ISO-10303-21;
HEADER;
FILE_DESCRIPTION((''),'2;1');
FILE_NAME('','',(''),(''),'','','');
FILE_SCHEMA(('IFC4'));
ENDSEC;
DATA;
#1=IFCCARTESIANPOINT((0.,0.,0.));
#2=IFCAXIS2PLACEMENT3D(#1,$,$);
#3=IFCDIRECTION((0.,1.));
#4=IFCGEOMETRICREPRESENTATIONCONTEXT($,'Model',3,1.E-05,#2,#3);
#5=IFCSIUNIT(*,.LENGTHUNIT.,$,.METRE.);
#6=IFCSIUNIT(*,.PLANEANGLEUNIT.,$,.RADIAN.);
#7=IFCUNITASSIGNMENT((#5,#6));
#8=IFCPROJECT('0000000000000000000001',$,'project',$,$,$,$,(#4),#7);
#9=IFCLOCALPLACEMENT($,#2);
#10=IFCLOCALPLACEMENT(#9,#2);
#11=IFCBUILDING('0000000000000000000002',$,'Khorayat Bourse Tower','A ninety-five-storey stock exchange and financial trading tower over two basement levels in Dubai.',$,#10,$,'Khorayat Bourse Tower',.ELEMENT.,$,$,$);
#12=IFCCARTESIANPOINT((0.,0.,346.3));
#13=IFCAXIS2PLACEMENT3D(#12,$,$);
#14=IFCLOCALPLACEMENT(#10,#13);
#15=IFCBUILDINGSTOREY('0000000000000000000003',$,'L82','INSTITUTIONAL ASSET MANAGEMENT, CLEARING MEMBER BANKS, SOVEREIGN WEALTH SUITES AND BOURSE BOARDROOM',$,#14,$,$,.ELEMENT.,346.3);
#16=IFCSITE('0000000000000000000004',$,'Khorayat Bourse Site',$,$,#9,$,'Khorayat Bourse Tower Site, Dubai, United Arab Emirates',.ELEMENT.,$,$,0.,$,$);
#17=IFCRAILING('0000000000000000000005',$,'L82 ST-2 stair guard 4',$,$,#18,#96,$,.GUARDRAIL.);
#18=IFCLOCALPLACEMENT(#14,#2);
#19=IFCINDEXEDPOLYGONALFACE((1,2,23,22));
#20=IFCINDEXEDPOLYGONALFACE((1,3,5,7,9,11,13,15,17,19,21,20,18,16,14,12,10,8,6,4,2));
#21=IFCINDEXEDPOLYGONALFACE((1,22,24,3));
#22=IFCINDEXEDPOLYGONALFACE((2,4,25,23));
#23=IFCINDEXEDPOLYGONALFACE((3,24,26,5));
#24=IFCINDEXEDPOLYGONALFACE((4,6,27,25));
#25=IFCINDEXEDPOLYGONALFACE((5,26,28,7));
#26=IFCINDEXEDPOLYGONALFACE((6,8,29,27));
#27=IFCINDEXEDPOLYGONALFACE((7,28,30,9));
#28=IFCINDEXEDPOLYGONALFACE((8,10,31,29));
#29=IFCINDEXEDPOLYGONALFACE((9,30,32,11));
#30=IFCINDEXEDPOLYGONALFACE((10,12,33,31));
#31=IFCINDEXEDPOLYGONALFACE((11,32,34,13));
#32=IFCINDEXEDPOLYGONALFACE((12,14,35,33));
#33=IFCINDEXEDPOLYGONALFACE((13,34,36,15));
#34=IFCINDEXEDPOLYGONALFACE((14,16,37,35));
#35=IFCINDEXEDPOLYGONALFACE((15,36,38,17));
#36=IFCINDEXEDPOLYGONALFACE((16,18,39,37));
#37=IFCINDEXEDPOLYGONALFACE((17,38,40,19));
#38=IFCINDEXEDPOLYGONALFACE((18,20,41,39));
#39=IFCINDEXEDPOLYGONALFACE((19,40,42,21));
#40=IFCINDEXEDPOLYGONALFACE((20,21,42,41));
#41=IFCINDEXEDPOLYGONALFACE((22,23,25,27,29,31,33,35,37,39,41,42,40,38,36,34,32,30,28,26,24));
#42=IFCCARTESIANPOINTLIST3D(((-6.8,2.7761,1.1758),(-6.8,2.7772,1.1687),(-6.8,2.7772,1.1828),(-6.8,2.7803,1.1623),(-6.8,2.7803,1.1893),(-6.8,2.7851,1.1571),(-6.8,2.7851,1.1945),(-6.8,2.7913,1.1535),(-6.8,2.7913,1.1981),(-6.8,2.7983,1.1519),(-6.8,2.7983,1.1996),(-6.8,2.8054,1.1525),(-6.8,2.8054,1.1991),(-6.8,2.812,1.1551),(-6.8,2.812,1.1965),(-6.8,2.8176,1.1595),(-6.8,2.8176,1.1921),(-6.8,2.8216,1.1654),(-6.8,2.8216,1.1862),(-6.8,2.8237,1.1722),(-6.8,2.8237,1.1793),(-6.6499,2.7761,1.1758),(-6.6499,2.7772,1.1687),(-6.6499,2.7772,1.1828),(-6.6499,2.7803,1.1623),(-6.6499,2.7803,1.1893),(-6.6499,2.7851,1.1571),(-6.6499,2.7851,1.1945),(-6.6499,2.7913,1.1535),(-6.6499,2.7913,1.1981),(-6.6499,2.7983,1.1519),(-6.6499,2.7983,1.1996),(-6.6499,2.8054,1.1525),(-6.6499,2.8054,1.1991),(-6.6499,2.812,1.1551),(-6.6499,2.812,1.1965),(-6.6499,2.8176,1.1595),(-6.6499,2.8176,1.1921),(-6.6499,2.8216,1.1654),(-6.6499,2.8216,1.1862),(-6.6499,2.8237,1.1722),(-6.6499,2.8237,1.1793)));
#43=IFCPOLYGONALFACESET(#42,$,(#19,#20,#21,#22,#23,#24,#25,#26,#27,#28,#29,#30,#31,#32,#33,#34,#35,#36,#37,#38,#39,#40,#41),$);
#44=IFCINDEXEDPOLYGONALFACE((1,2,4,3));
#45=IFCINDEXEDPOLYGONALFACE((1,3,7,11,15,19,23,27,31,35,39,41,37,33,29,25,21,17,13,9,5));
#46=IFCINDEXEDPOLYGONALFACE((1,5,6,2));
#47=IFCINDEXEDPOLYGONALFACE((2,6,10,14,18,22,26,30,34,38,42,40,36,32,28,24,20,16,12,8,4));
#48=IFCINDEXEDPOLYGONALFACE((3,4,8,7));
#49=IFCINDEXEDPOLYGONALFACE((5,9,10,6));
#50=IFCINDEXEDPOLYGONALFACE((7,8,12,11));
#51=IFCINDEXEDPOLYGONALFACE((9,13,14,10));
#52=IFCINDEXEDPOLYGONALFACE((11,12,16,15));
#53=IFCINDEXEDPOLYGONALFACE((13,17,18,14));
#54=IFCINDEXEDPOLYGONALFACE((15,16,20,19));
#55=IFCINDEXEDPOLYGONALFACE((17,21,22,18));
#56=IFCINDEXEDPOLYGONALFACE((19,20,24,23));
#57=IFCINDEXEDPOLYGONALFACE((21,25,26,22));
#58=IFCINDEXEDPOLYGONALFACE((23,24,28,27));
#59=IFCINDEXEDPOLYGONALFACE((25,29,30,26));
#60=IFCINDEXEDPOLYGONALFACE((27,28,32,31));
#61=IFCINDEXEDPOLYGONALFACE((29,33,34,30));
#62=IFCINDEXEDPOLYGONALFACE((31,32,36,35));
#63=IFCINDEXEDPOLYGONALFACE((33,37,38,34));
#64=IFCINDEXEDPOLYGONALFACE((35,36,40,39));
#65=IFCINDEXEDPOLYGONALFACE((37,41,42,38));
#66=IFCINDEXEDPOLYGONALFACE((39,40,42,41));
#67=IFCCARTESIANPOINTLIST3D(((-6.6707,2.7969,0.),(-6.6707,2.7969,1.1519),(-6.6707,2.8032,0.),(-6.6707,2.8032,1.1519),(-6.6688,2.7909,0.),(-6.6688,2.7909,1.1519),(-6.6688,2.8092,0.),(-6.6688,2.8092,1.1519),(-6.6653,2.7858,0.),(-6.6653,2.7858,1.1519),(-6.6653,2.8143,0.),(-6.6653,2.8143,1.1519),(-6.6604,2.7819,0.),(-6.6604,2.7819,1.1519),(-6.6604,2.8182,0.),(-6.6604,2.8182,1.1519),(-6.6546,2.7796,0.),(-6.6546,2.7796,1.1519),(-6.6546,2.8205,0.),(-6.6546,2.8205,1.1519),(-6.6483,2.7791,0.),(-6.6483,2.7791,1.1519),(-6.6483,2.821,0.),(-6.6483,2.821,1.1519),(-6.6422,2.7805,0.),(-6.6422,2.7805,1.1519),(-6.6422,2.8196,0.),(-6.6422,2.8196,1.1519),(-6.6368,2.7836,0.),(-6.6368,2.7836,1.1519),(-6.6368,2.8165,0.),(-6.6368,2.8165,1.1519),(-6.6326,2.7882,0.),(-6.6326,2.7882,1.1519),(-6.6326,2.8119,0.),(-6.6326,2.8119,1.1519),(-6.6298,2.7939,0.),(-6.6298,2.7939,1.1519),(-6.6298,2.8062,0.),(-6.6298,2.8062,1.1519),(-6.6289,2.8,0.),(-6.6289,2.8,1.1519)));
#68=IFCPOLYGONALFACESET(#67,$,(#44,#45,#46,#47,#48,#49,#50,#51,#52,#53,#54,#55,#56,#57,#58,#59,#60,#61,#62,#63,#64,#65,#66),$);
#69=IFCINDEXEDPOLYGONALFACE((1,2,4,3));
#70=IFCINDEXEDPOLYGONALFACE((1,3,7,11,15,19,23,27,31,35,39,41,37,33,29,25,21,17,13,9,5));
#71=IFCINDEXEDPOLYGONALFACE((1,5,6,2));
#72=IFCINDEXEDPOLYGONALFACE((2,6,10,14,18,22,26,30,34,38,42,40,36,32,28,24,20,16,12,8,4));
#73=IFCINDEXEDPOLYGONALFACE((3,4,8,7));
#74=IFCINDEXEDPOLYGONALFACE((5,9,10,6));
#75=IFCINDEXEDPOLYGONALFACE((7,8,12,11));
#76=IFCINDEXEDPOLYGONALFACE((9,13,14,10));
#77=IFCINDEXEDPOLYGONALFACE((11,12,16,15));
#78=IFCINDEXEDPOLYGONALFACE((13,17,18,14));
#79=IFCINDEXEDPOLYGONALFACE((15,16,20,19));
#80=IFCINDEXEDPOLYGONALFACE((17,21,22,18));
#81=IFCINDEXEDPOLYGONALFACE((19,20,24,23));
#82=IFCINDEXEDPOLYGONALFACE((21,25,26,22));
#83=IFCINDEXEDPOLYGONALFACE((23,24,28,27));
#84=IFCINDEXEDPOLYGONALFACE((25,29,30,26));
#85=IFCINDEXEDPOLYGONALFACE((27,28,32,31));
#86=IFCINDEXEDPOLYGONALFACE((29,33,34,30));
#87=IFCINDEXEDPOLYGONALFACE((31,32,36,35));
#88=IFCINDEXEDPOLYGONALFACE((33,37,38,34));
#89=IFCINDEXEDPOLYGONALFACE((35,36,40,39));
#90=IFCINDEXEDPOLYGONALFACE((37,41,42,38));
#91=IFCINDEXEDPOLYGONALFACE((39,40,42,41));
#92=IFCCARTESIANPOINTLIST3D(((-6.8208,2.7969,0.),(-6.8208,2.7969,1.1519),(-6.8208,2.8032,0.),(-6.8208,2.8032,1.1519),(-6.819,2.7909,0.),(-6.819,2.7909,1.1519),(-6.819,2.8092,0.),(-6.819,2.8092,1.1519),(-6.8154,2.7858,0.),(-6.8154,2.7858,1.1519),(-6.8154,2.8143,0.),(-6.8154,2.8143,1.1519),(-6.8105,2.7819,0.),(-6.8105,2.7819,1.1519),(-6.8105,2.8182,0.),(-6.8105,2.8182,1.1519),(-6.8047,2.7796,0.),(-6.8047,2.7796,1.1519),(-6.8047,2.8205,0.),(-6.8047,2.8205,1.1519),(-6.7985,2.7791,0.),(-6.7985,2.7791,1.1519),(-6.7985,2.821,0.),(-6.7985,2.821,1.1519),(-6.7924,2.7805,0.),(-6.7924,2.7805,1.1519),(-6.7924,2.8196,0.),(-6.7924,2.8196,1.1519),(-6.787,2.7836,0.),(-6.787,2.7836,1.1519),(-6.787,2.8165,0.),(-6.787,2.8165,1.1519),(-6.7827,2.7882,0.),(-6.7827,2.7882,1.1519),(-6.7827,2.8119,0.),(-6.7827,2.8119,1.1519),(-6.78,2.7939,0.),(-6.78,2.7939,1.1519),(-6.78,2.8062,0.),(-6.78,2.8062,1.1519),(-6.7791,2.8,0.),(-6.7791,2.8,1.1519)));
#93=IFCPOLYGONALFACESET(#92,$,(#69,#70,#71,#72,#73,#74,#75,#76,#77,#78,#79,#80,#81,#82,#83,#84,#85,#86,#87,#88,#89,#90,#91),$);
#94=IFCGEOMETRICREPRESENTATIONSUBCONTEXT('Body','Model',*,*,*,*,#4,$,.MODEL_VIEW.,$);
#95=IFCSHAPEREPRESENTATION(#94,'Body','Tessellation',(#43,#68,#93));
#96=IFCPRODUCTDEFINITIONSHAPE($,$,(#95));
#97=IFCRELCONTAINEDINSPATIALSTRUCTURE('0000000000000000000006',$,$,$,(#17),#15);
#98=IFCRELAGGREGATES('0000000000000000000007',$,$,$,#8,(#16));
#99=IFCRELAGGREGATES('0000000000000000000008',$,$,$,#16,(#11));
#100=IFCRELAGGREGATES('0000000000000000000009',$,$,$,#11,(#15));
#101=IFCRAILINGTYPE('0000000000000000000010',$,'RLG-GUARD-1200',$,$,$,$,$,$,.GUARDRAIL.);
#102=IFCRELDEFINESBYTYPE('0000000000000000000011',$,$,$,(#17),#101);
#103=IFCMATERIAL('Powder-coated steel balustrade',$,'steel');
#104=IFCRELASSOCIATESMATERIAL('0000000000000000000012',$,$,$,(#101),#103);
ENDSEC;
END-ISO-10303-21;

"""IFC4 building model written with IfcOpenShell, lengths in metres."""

from ifc_helpers import new_model, si_unit, direction, frame, origin, origin_2d, place, context, subcontext, project, spatial, circle, extrude, source, transform, mapped, material, type_object, element, save


model = new_model("IFC4")

# Units and contexts
model_context = context("Model", 3, precision=1e-05, world=origin(), true_north=direction((0.0, 1.0)))
body_context = subcontext(model_context, "Body", "Model", "MODEL_VIEW")
ifc_project = project(units=[si_unit("LENGTHUNIT", "METRE"), si_unit("PLANEANGLEUNIT", "RADIAN")], contexts=[model_context])

# Site, building, storey
site_placement = place(None, origin())
site = spatial("IfcSite", under=ifc_project, at=site_placement, Name="Khorayat Bourse Site", LongName="Khorayat Bourse Tower Site, Dubai, United Arab Emirates", CompositionType="ELEMENT", RefElevation=0.0)
building_placement = place(site_placement, origin())
building = spatial("IfcBuilding", under=site, at=building_placement, Name="Khorayat Bourse Tower", Description="A ninety-five-storey stock exchange and financial trading tower over two basement levels in Dubai.", LongName="Khorayat Bourse Tower", CompositionType="ELEMENT")
storey_placement = place(building_placement, frame((0.0, 0.0, 346.3)))
storey = spatial("IfcBuildingStorey", under=building, at=storey_placement, Name="L82", Description="INSTITUTIONAL ASSET MANAGEMENT, CLEARING MEMBER BANKS, SOVEREIGN WEALTH SUITES AND BOURSE BOARDROOM", CompositionType="ELEMENT", Elevation=346.3)

# Railing
ifc_material_1 = material(Name="Powder-coated steel balustrade", Category="steel")
railing_type_1 = type_object("IfcRailingType", Name="RLG-GUARD-1200", PredefinedType="GUARDRAIL", material=ifc_material_1)
shared_shape_1 = source(origin(), body_context, "Body", "SweptSolid", [
    extrude(circle(Radius=0.0239, at=origin_2d()), frame((0.0, 0.0, 1.1758), z_axis=(-1.0, 0.0, 0.0), x_axis=(0.0, -1.0, 0.0)), (0.0, 0.0, 1.0), 0.1501),
    extrude(circle(Radius=0.021, at=origin_2d()), origin(), (0.0, 0.0, 1.0), 1.1519),
    extrude(circle(Radius=0.021, at=origin_2d()), frame((-0.1501, 0.0, 0.0)), (0.0, 0.0, 1.0), 1.1519),
])
for number, where, name in (
    (1, (-6.6499, 2.8, 0.0), "L82 ST-2 stair guard 4"),
):
    element("IfcRailing", number, at=place(storey_placement, frame(where)), inside=storey, type_object=railing_type_1, Name=name, PredefinedType="GUARDRAIL", context=body_context, shape_type="MappedRepresentation", body=[
        mapped(shared_shape_1, transform((0.0, 0.0, 0.0), scale=1.0)),
    ])

save(model, "model.ifc")
